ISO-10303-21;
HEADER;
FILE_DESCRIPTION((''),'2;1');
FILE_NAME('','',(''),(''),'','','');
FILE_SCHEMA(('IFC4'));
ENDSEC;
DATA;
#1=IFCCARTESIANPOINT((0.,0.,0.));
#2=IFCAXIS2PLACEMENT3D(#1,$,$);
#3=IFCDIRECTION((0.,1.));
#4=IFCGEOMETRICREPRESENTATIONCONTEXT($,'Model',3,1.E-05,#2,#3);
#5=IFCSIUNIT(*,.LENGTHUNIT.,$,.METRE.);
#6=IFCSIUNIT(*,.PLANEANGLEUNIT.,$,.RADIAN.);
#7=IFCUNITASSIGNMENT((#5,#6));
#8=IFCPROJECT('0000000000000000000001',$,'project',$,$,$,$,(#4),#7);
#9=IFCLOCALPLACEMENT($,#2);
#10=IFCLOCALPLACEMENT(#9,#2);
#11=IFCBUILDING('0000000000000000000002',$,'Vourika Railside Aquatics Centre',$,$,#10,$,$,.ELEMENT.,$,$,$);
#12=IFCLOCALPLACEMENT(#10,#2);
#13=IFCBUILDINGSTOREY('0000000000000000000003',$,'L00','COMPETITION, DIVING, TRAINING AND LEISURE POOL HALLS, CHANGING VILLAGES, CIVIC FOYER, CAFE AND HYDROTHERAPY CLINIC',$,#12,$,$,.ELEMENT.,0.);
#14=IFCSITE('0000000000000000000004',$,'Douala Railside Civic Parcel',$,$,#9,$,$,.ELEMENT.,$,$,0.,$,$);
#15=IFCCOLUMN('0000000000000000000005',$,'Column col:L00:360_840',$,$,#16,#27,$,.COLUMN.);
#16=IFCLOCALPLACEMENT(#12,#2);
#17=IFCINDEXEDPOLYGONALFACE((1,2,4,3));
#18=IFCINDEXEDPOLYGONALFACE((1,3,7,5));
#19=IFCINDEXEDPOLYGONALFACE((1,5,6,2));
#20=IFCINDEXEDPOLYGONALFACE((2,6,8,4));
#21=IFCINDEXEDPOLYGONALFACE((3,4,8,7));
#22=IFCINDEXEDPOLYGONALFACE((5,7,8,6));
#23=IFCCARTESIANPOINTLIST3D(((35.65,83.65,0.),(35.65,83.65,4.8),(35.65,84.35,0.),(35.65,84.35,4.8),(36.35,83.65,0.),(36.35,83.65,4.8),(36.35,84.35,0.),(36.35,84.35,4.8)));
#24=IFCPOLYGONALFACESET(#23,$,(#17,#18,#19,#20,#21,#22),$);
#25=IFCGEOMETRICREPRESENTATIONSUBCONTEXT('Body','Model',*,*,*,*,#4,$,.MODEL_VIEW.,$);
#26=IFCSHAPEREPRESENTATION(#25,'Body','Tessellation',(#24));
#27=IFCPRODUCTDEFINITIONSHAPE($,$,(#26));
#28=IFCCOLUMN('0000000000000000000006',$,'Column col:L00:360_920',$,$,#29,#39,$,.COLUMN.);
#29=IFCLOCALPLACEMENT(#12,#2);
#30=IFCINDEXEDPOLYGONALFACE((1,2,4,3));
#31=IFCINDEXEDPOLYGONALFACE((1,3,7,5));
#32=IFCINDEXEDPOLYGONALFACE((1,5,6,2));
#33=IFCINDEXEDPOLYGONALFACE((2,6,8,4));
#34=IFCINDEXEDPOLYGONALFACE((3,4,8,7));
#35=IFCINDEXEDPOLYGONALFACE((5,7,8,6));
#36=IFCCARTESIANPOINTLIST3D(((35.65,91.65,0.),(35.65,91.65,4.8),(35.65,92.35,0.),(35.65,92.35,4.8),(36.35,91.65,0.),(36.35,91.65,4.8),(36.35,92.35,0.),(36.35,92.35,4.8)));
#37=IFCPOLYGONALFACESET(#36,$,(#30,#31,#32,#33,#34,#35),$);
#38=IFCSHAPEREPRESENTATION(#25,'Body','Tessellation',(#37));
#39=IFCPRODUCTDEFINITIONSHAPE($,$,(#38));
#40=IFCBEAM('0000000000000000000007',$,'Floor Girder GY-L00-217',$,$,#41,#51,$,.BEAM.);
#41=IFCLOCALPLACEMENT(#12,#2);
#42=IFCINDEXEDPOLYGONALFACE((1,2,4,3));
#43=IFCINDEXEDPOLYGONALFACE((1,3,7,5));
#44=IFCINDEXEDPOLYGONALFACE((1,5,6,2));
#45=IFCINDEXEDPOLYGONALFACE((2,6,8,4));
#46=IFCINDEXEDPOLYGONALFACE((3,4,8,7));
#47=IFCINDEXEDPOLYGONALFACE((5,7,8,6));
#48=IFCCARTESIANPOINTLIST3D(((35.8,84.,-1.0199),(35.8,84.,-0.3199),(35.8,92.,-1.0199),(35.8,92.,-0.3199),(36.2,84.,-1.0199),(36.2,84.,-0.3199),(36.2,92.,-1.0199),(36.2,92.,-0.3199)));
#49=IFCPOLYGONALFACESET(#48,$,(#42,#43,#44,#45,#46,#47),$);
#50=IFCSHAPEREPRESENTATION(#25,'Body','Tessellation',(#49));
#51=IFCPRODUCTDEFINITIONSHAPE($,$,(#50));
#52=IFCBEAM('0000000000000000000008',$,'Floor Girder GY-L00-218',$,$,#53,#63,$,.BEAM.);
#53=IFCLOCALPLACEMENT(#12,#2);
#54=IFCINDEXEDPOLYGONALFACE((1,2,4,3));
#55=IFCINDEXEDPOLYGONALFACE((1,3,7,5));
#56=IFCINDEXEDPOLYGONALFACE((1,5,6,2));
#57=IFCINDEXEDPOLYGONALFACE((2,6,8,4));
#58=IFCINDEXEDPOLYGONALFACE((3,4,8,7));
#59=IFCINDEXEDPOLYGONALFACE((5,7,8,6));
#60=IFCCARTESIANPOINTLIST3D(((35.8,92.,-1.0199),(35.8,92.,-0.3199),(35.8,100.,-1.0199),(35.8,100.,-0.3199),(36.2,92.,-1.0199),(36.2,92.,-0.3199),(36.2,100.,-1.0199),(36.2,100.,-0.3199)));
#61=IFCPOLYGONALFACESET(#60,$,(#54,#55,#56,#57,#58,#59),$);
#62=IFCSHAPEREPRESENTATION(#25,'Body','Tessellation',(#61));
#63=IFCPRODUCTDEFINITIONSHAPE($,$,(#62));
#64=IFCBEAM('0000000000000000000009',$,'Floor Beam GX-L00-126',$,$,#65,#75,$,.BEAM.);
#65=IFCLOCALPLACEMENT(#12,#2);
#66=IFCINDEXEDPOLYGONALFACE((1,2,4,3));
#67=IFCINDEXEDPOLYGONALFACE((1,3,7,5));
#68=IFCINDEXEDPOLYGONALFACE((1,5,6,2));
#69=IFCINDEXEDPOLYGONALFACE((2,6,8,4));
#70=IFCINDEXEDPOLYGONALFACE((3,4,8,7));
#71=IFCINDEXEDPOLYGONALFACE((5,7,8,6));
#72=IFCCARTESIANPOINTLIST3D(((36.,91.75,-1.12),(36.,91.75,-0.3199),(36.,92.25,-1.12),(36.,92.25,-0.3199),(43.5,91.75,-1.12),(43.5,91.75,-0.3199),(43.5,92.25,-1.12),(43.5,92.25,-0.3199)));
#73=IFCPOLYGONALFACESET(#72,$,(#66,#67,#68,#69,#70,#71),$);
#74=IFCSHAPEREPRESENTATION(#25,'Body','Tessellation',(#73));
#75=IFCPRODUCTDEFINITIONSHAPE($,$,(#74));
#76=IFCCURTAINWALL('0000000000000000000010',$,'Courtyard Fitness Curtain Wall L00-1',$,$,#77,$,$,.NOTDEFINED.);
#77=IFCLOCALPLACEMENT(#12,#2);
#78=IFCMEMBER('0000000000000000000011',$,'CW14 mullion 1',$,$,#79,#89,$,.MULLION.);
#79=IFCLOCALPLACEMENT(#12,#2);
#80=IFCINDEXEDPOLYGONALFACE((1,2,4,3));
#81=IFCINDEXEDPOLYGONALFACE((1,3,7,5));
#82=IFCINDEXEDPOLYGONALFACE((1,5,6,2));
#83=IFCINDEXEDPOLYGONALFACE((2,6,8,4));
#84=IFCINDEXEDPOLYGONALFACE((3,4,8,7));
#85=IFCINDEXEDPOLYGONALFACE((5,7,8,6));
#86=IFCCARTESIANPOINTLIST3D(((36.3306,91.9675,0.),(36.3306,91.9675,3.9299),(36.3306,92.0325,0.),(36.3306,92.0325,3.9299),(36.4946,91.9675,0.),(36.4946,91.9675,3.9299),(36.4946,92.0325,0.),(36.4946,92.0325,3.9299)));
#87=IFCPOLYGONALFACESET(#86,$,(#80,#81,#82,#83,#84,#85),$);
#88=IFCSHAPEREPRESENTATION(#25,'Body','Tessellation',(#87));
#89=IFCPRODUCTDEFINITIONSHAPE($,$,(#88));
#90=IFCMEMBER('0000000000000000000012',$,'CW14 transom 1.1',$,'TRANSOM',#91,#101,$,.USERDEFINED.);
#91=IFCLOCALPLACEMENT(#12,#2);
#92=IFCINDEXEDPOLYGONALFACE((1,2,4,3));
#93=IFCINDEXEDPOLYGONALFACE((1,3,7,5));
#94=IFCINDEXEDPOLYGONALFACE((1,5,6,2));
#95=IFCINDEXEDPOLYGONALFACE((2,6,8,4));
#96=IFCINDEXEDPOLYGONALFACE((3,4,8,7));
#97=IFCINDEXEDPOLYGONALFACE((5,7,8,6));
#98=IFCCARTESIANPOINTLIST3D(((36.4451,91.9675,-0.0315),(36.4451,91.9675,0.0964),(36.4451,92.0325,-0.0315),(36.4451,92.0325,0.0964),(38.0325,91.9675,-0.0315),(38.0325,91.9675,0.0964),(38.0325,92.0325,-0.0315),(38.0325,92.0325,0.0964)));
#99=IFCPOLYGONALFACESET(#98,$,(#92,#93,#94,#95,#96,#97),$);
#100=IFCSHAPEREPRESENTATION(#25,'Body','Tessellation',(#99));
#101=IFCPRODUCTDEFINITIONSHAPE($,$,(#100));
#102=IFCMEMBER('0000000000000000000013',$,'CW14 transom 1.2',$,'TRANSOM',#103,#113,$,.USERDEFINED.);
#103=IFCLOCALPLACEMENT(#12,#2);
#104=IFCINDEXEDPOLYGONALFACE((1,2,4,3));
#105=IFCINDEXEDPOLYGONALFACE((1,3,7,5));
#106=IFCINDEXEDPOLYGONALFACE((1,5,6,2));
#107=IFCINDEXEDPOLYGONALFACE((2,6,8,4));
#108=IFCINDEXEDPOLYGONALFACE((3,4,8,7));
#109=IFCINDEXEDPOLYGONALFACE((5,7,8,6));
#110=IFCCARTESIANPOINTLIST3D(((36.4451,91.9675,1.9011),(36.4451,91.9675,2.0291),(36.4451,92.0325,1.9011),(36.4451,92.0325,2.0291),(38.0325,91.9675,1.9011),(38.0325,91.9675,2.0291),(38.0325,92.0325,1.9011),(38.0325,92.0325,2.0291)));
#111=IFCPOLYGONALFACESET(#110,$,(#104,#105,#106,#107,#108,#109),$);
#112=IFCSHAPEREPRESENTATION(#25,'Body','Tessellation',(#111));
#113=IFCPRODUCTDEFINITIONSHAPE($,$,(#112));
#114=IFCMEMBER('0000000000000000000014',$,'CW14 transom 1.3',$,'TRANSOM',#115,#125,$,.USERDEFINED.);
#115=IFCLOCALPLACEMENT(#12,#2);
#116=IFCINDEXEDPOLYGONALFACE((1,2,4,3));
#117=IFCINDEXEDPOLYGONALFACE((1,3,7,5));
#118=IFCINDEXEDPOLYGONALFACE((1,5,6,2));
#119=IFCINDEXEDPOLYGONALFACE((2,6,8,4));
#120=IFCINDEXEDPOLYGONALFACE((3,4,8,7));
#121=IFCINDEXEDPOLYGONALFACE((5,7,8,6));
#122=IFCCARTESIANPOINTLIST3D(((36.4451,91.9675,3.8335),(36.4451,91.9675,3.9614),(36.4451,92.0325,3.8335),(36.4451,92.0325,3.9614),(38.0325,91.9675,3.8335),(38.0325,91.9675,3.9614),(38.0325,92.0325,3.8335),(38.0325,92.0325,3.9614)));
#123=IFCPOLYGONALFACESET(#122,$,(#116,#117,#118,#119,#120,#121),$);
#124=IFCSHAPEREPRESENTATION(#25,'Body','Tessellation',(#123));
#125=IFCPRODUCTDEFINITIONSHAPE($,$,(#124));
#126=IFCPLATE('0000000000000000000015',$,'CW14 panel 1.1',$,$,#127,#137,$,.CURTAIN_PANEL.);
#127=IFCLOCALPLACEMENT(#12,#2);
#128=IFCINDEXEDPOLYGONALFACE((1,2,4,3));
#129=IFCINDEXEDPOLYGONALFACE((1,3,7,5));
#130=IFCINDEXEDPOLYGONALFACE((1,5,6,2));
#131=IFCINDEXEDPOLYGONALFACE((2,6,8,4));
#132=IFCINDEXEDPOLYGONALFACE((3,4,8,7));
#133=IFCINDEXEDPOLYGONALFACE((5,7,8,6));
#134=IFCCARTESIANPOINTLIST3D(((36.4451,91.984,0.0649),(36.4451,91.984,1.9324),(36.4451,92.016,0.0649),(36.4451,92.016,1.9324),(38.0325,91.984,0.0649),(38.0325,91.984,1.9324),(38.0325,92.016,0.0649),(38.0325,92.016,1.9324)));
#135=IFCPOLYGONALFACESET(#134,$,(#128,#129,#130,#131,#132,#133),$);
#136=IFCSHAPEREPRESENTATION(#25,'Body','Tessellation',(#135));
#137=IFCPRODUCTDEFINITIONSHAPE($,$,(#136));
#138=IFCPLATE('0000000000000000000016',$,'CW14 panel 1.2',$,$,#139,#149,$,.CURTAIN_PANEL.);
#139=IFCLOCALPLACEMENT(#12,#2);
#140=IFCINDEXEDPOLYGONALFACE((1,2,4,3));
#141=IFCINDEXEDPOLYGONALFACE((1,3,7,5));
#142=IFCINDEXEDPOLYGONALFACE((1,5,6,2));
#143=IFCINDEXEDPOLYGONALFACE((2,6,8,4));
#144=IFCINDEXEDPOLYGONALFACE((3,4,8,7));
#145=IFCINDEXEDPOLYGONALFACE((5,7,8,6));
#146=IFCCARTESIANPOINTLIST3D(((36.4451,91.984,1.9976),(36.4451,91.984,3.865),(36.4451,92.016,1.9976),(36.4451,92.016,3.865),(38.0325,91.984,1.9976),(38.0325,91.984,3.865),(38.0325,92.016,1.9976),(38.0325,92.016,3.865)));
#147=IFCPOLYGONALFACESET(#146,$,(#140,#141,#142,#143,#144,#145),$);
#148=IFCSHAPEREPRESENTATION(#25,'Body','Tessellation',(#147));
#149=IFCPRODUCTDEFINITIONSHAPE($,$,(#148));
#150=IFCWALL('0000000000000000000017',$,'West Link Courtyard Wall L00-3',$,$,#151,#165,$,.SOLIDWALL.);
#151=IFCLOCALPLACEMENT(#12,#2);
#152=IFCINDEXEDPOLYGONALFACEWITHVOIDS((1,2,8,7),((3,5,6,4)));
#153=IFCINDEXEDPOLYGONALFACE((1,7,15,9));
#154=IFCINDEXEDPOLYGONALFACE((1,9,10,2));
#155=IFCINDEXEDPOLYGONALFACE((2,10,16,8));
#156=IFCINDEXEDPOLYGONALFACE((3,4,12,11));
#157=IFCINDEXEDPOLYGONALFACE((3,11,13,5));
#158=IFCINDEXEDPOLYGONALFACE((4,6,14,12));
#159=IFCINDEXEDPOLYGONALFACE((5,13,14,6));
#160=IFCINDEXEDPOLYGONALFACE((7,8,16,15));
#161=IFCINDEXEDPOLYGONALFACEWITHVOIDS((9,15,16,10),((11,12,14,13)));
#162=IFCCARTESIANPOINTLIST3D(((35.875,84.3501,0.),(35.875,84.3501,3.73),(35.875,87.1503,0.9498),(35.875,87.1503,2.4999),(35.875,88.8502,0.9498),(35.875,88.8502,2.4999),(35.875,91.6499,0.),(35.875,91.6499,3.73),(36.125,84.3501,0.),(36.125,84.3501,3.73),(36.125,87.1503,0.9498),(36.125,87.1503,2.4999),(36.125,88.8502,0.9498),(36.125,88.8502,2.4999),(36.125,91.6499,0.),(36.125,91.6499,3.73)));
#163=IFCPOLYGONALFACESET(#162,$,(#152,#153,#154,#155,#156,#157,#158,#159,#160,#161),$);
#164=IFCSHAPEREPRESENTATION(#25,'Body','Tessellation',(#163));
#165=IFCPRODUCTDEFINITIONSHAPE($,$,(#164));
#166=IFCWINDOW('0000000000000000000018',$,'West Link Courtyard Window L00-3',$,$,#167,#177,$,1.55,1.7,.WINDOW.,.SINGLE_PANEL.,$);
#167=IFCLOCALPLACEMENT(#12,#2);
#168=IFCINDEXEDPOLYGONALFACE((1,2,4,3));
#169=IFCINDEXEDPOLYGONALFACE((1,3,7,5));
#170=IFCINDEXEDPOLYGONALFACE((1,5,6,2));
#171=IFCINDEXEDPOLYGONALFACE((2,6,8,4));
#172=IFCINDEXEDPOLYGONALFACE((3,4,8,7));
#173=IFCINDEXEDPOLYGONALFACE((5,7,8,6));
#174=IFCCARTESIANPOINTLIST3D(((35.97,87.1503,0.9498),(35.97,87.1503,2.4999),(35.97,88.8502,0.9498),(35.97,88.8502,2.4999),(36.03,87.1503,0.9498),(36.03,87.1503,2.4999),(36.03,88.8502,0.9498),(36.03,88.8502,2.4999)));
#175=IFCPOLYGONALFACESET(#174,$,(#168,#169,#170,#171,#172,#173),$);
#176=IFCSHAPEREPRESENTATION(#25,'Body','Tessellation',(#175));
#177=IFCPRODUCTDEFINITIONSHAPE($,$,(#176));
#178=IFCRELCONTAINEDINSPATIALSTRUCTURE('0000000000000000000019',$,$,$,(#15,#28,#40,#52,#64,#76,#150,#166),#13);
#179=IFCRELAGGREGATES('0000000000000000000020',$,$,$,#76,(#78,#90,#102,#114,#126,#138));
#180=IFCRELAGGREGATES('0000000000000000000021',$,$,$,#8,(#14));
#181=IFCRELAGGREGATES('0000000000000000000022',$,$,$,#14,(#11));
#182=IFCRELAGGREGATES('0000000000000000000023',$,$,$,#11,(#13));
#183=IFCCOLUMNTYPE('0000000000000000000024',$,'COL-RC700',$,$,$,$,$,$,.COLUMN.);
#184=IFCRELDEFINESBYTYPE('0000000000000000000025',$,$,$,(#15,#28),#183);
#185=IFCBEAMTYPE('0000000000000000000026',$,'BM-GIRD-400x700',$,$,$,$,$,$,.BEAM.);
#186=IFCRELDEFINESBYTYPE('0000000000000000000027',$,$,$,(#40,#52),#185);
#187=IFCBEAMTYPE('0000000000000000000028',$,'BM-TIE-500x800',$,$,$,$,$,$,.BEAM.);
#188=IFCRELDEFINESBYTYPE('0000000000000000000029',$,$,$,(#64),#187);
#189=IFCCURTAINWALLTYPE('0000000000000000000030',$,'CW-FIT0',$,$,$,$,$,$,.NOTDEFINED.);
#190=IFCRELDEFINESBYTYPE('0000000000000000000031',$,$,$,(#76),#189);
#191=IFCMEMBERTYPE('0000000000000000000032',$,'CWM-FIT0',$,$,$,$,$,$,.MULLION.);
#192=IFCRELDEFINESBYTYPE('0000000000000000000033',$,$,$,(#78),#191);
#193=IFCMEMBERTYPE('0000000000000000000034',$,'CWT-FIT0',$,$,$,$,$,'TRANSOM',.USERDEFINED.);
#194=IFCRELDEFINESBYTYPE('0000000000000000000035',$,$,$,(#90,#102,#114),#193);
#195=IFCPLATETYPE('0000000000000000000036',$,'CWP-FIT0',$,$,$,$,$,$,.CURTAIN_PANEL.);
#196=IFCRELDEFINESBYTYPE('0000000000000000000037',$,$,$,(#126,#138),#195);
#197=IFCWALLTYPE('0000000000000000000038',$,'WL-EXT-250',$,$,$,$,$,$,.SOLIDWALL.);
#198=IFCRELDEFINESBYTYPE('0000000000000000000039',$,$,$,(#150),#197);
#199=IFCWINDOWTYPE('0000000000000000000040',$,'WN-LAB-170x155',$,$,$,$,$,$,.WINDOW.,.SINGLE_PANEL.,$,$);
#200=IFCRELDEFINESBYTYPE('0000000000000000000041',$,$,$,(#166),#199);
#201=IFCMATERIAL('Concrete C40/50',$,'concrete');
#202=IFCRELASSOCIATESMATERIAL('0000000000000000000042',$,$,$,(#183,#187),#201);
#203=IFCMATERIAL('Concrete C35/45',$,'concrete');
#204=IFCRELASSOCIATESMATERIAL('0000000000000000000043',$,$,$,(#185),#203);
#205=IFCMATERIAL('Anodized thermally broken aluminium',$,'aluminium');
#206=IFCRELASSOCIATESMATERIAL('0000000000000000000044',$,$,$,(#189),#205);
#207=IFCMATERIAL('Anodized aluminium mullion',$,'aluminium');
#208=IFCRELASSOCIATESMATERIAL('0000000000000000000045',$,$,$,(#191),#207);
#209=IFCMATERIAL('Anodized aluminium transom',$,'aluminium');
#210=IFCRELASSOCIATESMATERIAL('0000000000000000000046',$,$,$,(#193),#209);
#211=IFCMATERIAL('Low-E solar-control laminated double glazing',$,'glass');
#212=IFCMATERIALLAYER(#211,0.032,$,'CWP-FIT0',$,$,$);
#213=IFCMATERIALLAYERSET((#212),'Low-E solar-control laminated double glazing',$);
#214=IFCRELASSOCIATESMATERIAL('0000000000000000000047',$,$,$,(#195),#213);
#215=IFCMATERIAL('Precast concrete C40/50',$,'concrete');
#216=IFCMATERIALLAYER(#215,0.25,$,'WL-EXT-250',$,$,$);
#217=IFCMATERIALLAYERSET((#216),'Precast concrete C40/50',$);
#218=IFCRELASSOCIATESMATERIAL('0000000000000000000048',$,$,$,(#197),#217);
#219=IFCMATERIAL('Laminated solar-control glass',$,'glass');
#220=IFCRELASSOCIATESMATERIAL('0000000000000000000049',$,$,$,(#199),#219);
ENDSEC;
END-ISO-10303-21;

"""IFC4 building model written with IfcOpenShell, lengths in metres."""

from ifc_helpers import new_model, si_unit, direction, frame, frame_2d, origin, origin_2d, place, context, subcontext, project, spatial, rectangle, extrude, material, layer, layer_set, material_profile, profile_set, type_object, element, fill, aggregate, save


model = new_model("IFC4")

# Units and contexts
model_context = context("Model", 3, precision=1e-05, world=origin(), true_north=direction((0.0, 1.0)))
body_context = subcontext(model_context, "Body", "Model", "MODEL_VIEW")
ifc_project = project(units=[si_unit("LENGTHUNIT", "METRE"), si_unit("PLANEANGLEUNIT", "RADIAN")], contexts=[model_context])

# Site, building, storey
site_placement = place(None, origin())
site = spatial("IfcSite", under=ifc_project, at=site_placement, Name="Douala Railside Civic Parcel", CompositionType="ELEMENT", RefElevation=0.0)
building_placement = place(site_placement, origin())
building = spatial("IfcBuilding", under=site, at=building_placement, Name="Vourika Railside Aquatics Centre", CompositionType="ELEMENT")
storey_placement = place(building_placement, origin())
storey = spatial("IfcBuildingStorey", under=building, at=storey_placement, Name="L00", Description="COMPETITION, DIVING, TRAINING AND LEISURE POOL HALLS, CHANGING VILLAGES, CIVIC FOYER, CAFE AND HYDROTHERAPY CLINIC", CompositionType="ELEMENT", Elevation=0.0)

# Columns
ifc_material_1 = material(Name="Concrete C40/50", Category="concrete")
ifc_material_profile_1 = material_profile(ifc_material_1, rectangle(XDim=0.7, YDim=0.7, at=origin_2d()), Name="RC 700x700")
ifc_profile_set_1 = profile_set([ifc_material_profile_1], Name="Concrete C40/50")
column_type = type_object("IfcColumnType", Name="COL-RC700", PredefinedType="COLUMN", material=ifc_profile_set_1)
for number, where, z_axis, x_axis, name in (
    (1, (36.0, 84.0, 0.0), (0.0, 0.0, 1.0), (1.0, 0.0, 0.0), "Column col:L00:360_840"),
    (2, (36.0, 92.0, 0.0), (0.0, 0.0, 1.0), (1.0, 0.0, 0.0), "Column col:L00:360_920"),
):
    element("IfcColumn", number, at=place(storey_placement, frame(where, z_axis=z_axis, x_axis=x_axis)), inside=storey, type_object=column_type, Name=name, PredefinedType="COLUMN", context=body_context, shape_type="SweptSolid", body=[
        extrude(rectangle(XDim=0.7, YDim=0.7, at=origin_2d()), origin(), (0.0, 0.0, 1.0), 4.8),
    ])

# Beams
ifc_material_2 = material(Name="Concrete C35/45", Category="concrete")
ifc_material_profile_2 = material_profile(ifc_material_2, rectangle(XDim=0.3999, YDim=0.7, at=origin_2d()), Name="RC 400x700")
ifc_profile_set_2 = profile_set([ifc_material_profile_2], Name="Concrete C35/45")
beam_type_1 = type_object("IfcBeamType", Name="BM-GIRD-400x700", PredefinedType="BEAM", material=ifc_profile_set_2)
for number, where, z_axis, x_axis, name in (
    (3, (36.0, 84.0, -0.6699), (0.0, 1.0, 0.0), (-1.0, 0.0, 0.0), "Floor Girder GY-L00-217"),
    (4, (36.0, 92.0, -0.6699), (0.0, 1.0, 0.0), (-1.0, 0.0, 0.0), "Floor Girder GY-L00-218"),
):
    element("IfcBeam", number, at=place(storey_placement, frame(where, z_axis=z_axis, x_axis=x_axis)), inside=storey, type_object=beam_type_1, Name=name, PredefinedType="BEAM", context=body_context, shape_type="SweptSolid", body=[
        extrude(rectangle(XDim=0.3999, YDim=0.7, at=origin_2d()), origin(), (0.0, 0.0, 1.0), 8.0),
    ])
ifc_material_profile_3 = material_profile(ifc_material_1, rectangle(XDim=0.5, YDim=0.8, at=origin_2d()), Name="RC 500x800")
ifc_profile_set_3 = profile_set([ifc_material_profile_3], Name="Concrete C40/50")
beam_type_2 = type_object("IfcBeamType", Name="BM-TIE-500x800", PredefinedType="BEAM", material=ifc_profile_set_3)
beam_placement = place(storey_placement, frame((36.0, 92.0, -0.72), z_axis=(1.0, 0.0, 0.0), x_axis=(0.0, 1.0, 0.0)))
element("IfcBeam", 5, at=beam_placement, inside=storey, type_object=beam_type_2, Name="Floor Beam GX-L00-126", PredefinedType="BEAM", context=body_context, shape_type="SweptSolid", body=[
    extrude(rectangle(XDim=0.5, YDim=0.8, at=origin_2d()), origin(), (0.0, 0.0, 1.0), 7.5),
])

# Curtain wall, members, plates
ifc_material_3 = material(Name="Anodized thermally broken aluminium", Category="aluminium")
curtain_wall_type = type_object("IfcCurtainWallType", Name="CW-FIT0", PredefinedType="NOTDEFINED", material=ifc_material_3)
curtain_wall_placement = place(storey_placement, origin())
curtain_wall = element("IfcCurtainWall", 6, at=curtain_wall_placement, inside=storey, type_object=curtain_wall_type, Name="Courtyard Fitness Curtain Wall L00-1", PredefinedType="NOTDEFINED")
ifc_material_4 = material(Name="Anodized aluminium mullion", Category="aluminium")
ifc_material_profile_4 = material_profile(ifc_material_4, rectangle(XDim=0.0649, YDim=0.1641, at=origin_2d()), Name="ALU-M 65x164")
ifc_profile_set_4 = profile_set([ifc_material_profile_4], Name="Anodized aluminium mullion")
member_type_1 = type_object("IfcMemberType", Name="CWM-FIT0", PredefinedType="MULLION", material=ifc_profile_set_4)
member_1_placement = place(storey_placement, frame((36.4126, 92.0, 0.0), z_axis=(0.0, 0.0, 1.0), x_axis=(0.0, 1.0, 0.0)))
member_1 = element("IfcMember", 7, at=member_1_placement, type_object=member_type_1, Name="CW14 mullion 1", PredefinedType="MULLION", context=body_context, shape_type="SweptSolid", body=[
    extrude(rectangle(XDim=0.0649, YDim=0.1641, at=origin_2d()), origin(), (0.0, 0.0, 1.0), 3.9299),
])
ifc_material_5 = material(Name="Anodized aluminium transom", Category="aluminium")
ifc_material_profile_5 = material_profile(ifc_material_5, rectangle(XDim=0.0649, YDim=0.1279, at=origin_2d()), Name="ALU-T 65x128")
ifc_profile_set_5 = profile_set([ifc_material_profile_5], Name="Anodized aluminium transom")
member_type_2 = type_object("IfcMemberType", Name="CWT-FIT0", ElementType="TRANSOM", PredefinedType="USERDEFINED", material=ifc_profile_set_5)
member_2_placement = place(storey_placement, frame((36.4451, 92.0, 0.0325), z_axis=(1.0, 0.0, 0.0), x_axis=(0.0, 1.0, 0.0)))
member_2 = element("IfcMember", 8, at=member_2_placement, type_object=member_type_2, Name="CW14 transom 1.1", ObjectType="TRANSOM", PredefinedType="USERDEFINED", context=body_context, shape_type="SweptSolid", body=[
    extrude(rectangle(XDim=0.0649, YDim=0.1279, at=origin_2d()), origin(), (0.0, 0.0, 1.0), 1.5874),
])
member_3_placement = place(storey_placement, frame((36.4451, 92.0, 1.9651), z_axis=(1.0, 0.0, 0.0), x_axis=(0.0, 1.0, 0.0)))
member_3 = element("IfcMember", 9, at=member_3_placement, type_object=member_type_2, Name="CW14 transom 1.2", ObjectType="TRANSOM", PredefinedType="USERDEFINED", context=body_context, shape_type="SweptSolid", body=[
    extrude(rectangle(XDim=0.0649, YDim=0.1279, at=origin_2d()), origin(), (0.0, 0.0, 1.0), 1.5874),
])
member_4_placement = place(storey_placement, frame((36.4451, 92.0, 3.8975), z_axis=(1.0, 0.0, 0.0), x_axis=(0.0, 1.0, 0.0)))
member_4 = element("IfcMember", 10, at=member_4_placement, type_object=member_type_2, Name="CW14 transom 1.3", ObjectType="TRANSOM", PredefinedType="USERDEFINED", context=body_context, shape_type="SweptSolid", body=[
    extrude(rectangle(XDim=0.0649, YDim=0.1279, at=origin_2d()), origin(), (0.0, 0.0, 1.0), 1.5874),
])
ifc_material_6 = material(Name="Low-E solar-control laminated double glazing", Category="glass")
ifc_layer_1 = layer(ifc_material_6, 0.032, Name="CWP-FIT0")
ifc_layer_set_1 = layer_set([ifc_layer_1], Name="Low-E solar-control laminated double glazing")
plate_type = type_object("IfcPlateType", Name="CWP-FIT0", PredefinedType="CURTAIN_PANEL", material=ifc_layer_set_1)
plate_1_placement = place(storey_placement, frame((37.2388, 92.0, 0.0649), z_axis=(0.0, 0.0, 1.0), x_axis=(1.0, 0.0, 0.0)))
plate_1 = element("IfcPlate", 11, at=plate_1_placement, type_object=plate_type, Name="CW14 panel 1.1", PredefinedType="CURTAIN_PANEL", context=body_context, shape_type="SweptSolid", body=[
    extrude(rectangle(XDim=1.5874, YDim=0.032, at=origin_2d()), origin(), (0.0, 0.0, 1.0), 1.8674),
])
plate_2_placement = place(storey_placement, frame((37.2388, 92.0, 1.9976), z_axis=(0.0, 0.0, 1.0), x_axis=(1.0, 0.0, 0.0)))
plate_2 = element("IfcPlate", 12, at=plate_2_placement, type_object=plate_type, Name="CW14 panel 1.2", PredefinedType="CURTAIN_PANEL", context=body_context, shape_type="SweptSolid", body=[
    extrude(rectangle(XDim=1.5874, YDim=0.032, at=origin_2d()), origin(), (0.0, 0.0, 1.0), 1.8674),
])
aggregate(curtain_wall, [member_1, member_2, member_3, member_4, plate_1, plate_2])

# Wall, opening, window
ifc_material_7 = material(Name="Precast concrete C40/50", Category="concrete")
ifc_layer_2 = layer(ifc_material_7, 0.25, Name="WL-EXT-250")
ifc_layer_set_2 = layer_set([ifc_layer_2], Name="Precast concrete C40/50")
wall_type_1 = type_object("IfcWallType", Name="WL-EXT-250", PredefinedType="SOLIDWALL", material=ifc_layer_set_2)
wall_1_placement = place(storey_placement, frame((36.0, 84.3501, 0.0), z_axis=(0.0, 0.0, 1.0), x_axis=(0.0, 1.0, 0.0)))
wall_1 = element("IfcWall", 13, at=wall_1_placement, inside=storey, type_object=wall_type_1, Name="West Link Courtyard Wall L00-3", PredefinedType="SOLIDWALL", context=body_context, shape_type="SweptSolid", body=[
    extrude(rectangle(XDim=7.2998, YDim=0.25, at=frame_2d((3.6499, 0.0))), origin(), (0.0, 0.0, 1.0), 3.73),
])
opening_placement = place(wall_1_placement, frame((2.8, 0.0, 0.95)))
opening = element("IfcOpeningElement", 14, at=opening_placement, cuts=wall_1, PredefinedType="OPENING", context=body_context, shape_type="SweptSolid", body=[
    extrude(rectangle(XDim=1.7, YDim=1.55, at=frame_2d((0.8501, 0.7749))), frame((0.0, 0.135, 0.0), z_axis=(0.0, -1.0, 0.0), x_axis=(1.0, 0.0, 0.0)), (0.0, 0.0, 1.0), 0.27),
])
ifc_material_8 = material(Name="Laminated solar-control glass", Category="glass")
window_type = type_object("IfcWindowType", Name="WN-LAB-170x155", PartitioningType="SINGLE_PANEL", PredefinedType="WINDOW", material=ifc_material_8)
window_placement = place(opening_placement, origin())
window = element("IfcWindow", 15, at=window_placement, inside=storey, type_object=window_type, Name="West Link Courtyard Window L00-3", OverallHeight=1.55, OverallWidth=1.7, PartitioningType="SINGLE_PANEL", PredefinedType="WINDOW", context=body_context, shape_type="SweptSolid", body=[
    extrude(rectangle(XDim=1.7, YDim=1.55, at=frame_2d((0.8501, 0.7749))), frame((0.0, 0.03, 0.0), z_axis=(0.0, -1.0, 0.0), x_axis=(1.0, 0.0, 0.0)), (0.0, 0.0, 1.0), 0.0601),
])
fill(opening, window)

save(model, "model.ifc")
